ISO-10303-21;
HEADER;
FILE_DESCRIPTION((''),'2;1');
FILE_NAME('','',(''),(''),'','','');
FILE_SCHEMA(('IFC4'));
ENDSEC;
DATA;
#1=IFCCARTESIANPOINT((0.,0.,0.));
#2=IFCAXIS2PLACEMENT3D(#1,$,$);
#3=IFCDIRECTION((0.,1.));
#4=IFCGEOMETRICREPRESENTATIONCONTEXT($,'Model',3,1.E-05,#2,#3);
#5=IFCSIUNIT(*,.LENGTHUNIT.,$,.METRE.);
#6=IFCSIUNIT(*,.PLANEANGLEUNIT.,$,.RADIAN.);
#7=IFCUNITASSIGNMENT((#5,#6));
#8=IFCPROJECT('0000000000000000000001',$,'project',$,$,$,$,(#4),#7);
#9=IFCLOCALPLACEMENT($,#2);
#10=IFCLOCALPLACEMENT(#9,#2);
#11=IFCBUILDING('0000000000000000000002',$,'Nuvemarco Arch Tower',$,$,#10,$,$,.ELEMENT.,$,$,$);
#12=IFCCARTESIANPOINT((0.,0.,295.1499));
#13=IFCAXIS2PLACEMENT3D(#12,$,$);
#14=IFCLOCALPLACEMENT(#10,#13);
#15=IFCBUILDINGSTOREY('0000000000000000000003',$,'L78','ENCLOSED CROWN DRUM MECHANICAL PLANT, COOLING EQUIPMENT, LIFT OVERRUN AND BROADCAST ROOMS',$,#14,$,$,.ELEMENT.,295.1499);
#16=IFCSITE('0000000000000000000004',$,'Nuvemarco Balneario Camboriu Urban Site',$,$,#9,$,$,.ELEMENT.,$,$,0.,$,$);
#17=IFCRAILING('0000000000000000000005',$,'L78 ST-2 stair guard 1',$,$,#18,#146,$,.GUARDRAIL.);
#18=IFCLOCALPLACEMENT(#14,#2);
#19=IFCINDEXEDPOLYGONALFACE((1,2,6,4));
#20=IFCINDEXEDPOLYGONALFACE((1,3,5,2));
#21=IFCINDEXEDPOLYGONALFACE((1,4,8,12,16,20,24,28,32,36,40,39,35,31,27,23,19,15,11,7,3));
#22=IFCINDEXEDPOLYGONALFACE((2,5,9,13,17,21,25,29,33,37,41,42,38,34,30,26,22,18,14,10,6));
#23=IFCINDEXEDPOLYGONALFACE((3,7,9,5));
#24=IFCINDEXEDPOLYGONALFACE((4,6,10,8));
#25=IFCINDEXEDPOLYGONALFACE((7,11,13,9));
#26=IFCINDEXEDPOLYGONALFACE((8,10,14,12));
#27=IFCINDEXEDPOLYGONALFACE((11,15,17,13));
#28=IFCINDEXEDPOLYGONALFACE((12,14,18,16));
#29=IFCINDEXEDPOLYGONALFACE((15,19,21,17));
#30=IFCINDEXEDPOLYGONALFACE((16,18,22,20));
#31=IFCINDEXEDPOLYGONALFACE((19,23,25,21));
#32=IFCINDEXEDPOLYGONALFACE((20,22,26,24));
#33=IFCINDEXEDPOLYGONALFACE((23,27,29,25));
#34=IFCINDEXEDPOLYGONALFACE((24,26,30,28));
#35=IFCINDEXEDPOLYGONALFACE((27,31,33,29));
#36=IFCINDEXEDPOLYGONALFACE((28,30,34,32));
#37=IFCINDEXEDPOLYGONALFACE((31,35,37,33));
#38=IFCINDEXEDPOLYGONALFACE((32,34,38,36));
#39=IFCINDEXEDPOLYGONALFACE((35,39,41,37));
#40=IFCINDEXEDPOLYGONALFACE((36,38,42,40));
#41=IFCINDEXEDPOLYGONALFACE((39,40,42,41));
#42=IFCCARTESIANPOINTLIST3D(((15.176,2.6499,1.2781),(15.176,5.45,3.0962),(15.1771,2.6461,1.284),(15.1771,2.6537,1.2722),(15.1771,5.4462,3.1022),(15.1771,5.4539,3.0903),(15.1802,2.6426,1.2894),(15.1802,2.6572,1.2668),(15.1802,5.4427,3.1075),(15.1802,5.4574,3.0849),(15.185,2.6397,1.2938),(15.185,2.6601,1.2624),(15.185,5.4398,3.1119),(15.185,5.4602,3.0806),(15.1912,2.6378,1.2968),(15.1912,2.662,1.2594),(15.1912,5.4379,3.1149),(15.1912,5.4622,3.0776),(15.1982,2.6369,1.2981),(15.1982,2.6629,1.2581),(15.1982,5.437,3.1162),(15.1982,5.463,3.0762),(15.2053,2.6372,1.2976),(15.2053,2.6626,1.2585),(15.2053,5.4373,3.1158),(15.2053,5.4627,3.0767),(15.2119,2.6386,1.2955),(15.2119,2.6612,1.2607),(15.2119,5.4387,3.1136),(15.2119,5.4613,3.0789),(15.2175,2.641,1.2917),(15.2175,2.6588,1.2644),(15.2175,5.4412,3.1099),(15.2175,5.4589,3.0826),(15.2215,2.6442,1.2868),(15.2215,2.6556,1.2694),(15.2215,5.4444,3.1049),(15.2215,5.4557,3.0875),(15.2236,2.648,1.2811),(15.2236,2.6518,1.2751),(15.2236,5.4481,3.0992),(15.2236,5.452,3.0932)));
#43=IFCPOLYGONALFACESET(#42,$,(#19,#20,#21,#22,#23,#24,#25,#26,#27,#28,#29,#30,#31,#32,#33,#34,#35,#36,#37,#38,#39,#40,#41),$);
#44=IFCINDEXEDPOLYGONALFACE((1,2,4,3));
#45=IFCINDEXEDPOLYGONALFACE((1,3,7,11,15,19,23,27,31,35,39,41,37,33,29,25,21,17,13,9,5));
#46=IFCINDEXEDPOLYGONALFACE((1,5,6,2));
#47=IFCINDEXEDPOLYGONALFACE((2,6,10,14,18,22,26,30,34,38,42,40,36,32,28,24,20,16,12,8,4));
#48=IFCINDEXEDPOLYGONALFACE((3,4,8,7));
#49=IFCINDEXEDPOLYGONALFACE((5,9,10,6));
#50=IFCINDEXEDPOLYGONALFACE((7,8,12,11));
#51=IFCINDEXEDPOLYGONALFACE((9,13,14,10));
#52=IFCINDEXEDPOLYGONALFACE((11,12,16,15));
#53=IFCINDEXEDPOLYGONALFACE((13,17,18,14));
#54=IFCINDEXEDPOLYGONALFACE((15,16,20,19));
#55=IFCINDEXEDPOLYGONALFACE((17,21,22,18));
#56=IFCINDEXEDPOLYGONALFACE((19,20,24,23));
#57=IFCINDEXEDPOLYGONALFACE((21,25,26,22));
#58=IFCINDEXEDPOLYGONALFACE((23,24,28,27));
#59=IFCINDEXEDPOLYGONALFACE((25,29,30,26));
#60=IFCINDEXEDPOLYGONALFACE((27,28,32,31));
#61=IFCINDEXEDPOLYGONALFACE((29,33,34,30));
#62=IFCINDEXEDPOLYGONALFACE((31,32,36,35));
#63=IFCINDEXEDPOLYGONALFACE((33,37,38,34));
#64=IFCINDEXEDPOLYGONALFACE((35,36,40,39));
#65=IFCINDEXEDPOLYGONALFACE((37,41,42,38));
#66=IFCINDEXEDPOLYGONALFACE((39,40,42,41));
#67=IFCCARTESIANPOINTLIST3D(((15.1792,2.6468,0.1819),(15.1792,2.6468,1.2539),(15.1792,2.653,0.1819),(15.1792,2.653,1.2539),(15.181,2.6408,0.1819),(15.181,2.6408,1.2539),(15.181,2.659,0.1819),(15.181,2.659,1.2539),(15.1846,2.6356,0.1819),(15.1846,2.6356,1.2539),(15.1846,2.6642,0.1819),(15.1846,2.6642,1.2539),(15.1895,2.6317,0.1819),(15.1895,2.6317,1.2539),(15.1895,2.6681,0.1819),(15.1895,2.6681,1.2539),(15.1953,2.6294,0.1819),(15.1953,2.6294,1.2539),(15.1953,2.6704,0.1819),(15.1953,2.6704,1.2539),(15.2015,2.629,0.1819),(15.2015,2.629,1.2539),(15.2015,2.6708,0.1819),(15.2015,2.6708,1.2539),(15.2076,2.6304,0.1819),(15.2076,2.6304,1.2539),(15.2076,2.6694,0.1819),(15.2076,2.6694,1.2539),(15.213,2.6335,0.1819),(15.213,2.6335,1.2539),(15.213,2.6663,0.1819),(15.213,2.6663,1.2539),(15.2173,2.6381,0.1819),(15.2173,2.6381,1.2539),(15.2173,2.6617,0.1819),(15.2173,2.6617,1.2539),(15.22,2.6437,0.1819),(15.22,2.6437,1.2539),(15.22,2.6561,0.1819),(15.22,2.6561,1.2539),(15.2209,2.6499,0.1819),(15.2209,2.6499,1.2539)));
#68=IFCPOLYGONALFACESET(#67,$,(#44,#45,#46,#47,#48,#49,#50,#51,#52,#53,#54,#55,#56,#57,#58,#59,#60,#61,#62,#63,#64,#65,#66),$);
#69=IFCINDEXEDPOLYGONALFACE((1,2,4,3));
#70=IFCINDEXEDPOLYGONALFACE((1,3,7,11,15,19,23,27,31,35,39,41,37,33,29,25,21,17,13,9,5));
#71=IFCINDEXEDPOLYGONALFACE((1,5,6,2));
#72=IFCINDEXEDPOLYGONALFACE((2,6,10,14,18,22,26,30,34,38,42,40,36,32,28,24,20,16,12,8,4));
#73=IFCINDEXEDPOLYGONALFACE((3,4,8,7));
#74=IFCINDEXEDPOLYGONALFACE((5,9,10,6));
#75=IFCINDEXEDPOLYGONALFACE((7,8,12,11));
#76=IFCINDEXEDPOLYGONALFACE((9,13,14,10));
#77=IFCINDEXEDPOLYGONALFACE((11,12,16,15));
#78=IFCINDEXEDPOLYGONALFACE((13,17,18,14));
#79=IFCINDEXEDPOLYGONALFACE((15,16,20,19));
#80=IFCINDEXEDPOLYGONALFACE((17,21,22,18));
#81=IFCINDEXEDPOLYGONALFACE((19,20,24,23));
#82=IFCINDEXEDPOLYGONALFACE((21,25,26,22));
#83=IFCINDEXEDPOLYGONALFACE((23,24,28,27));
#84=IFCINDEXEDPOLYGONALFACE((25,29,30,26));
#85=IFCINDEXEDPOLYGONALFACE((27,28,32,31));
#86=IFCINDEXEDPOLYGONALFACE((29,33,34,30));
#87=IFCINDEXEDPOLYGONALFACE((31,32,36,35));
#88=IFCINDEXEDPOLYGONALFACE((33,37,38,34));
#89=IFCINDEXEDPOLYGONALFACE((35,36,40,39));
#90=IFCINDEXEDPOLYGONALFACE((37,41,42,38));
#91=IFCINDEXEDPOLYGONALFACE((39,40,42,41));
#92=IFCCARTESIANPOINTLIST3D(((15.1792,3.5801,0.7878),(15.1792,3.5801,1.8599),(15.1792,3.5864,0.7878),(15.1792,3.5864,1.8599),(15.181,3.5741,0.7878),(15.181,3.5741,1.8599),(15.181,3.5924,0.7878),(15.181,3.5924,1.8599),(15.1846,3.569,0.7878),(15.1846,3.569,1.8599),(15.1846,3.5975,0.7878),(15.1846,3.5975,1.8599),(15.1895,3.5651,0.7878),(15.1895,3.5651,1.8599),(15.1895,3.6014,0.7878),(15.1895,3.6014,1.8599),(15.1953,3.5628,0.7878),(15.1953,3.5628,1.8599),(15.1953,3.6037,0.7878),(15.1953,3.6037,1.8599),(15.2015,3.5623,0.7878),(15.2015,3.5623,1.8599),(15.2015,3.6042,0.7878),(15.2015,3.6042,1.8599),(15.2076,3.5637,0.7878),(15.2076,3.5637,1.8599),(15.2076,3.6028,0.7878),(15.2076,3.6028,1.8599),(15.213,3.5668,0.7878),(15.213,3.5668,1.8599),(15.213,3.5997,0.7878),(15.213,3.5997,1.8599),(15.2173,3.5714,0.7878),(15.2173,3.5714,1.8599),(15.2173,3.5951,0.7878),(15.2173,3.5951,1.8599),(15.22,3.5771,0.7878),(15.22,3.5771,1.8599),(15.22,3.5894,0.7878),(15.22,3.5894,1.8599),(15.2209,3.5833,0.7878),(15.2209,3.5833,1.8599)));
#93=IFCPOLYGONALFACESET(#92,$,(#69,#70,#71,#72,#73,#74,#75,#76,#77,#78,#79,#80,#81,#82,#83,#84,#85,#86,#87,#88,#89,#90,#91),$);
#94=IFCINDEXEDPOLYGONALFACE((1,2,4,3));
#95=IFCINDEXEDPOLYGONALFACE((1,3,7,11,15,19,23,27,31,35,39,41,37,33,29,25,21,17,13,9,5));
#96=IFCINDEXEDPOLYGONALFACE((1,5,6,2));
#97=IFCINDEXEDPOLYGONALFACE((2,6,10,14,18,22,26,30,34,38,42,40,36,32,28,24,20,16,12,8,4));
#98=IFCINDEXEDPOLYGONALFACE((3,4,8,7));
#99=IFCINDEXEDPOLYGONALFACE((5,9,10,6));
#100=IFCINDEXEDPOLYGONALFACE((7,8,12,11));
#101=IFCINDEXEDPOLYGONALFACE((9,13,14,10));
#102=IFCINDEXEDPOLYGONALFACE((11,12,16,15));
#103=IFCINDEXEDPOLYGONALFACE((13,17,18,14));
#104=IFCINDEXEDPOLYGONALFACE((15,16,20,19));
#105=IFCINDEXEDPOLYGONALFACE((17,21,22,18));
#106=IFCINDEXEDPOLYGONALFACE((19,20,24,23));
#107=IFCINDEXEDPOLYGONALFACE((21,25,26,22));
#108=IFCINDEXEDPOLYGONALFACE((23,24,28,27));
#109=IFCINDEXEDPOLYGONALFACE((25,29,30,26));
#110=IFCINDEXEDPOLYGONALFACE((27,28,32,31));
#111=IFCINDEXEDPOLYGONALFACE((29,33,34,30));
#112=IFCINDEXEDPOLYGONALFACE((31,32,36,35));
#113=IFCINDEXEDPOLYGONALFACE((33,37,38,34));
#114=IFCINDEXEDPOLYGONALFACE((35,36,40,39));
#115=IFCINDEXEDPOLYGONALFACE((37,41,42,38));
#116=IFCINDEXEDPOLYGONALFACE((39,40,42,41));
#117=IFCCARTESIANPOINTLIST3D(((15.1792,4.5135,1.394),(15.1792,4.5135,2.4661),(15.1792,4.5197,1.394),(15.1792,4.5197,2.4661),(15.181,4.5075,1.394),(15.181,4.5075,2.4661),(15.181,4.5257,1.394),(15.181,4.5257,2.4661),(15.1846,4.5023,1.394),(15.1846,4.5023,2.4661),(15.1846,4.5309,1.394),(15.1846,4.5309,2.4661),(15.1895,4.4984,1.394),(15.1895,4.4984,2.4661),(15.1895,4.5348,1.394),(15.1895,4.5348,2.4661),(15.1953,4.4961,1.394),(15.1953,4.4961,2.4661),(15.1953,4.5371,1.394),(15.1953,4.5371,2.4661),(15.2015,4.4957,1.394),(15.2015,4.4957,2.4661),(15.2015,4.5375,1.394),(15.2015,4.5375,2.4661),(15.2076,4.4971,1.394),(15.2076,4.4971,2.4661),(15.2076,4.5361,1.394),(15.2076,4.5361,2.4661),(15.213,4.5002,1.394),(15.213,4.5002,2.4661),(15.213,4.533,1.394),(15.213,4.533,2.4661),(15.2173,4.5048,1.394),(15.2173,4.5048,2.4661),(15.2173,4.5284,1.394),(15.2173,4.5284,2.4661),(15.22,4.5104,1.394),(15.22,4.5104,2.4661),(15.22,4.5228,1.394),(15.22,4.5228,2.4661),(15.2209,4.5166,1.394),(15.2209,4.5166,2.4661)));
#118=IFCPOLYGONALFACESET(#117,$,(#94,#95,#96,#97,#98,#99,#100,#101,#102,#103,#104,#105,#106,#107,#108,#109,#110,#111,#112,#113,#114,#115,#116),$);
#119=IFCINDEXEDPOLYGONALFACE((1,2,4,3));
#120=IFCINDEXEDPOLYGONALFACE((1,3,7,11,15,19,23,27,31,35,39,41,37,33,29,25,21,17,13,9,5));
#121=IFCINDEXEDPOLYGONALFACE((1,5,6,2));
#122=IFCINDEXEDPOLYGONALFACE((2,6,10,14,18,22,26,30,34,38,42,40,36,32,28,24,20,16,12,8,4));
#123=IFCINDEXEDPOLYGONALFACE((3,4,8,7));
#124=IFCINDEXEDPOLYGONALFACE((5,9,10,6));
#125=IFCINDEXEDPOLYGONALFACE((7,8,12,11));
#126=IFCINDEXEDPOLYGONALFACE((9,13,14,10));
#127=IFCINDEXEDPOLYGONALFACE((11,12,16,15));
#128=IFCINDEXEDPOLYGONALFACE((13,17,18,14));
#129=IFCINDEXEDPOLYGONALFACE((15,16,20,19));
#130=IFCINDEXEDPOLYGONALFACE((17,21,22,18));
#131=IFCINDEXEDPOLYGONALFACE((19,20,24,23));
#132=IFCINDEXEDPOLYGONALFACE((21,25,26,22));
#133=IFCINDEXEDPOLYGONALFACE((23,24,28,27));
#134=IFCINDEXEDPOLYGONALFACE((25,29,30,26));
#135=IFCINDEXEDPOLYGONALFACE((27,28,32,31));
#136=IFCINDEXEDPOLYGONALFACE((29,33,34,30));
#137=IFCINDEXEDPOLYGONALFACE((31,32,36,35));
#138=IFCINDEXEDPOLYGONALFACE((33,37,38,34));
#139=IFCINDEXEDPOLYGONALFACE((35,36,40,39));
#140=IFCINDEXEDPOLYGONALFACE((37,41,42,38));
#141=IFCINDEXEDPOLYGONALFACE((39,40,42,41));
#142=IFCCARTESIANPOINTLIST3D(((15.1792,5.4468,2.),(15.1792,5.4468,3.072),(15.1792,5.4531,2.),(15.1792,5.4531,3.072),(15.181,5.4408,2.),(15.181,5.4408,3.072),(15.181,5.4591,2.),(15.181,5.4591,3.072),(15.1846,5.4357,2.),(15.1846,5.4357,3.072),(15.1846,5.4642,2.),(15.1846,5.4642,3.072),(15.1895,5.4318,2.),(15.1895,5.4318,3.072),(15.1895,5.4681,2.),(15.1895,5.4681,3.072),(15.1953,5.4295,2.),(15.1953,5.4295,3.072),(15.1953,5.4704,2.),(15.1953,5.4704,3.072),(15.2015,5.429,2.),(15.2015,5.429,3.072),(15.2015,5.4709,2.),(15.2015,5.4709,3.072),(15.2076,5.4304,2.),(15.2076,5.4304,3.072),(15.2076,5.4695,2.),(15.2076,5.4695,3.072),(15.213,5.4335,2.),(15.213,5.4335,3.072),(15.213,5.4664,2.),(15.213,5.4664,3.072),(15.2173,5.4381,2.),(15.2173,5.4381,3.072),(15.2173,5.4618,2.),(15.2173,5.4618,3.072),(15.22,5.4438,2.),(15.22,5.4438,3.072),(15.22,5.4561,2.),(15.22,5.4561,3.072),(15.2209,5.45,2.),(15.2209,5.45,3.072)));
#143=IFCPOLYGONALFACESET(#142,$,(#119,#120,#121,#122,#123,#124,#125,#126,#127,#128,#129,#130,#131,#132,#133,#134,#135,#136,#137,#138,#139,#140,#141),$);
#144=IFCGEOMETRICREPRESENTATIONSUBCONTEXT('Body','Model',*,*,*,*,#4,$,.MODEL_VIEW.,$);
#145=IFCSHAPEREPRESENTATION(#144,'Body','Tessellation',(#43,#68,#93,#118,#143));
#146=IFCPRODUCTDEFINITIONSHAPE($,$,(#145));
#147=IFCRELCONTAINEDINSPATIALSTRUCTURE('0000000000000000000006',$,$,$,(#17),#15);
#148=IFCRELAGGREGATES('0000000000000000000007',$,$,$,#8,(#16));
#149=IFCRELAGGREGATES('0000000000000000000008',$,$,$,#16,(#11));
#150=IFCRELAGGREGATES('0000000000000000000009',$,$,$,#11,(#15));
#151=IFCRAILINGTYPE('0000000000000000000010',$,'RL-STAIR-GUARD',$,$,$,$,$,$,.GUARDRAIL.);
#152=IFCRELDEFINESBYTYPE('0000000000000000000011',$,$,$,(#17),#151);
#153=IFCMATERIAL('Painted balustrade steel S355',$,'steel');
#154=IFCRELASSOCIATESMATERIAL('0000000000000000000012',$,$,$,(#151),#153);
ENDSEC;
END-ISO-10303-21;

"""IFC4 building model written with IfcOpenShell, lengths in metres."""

from ifc_helpers import new_model, si_unit, direction, frame, origin, origin_2d, place, context, subcontext, project, spatial, circle, extrude, material, type_object, element, save


model = new_model("IFC4")

# Units and contexts
model_context = context("Model", 3, precision=1e-05, world=origin(), true_north=direction((0.0, 1.0)))
body_context = subcontext(model_context, "Body", "Model", "MODEL_VIEW")
ifc_project = project(units=[si_unit("LENGTHUNIT", "METRE"), si_unit("PLANEANGLEUNIT", "RADIAN")], contexts=[model_context])

# Site, building, storey
site_placement = place(None, origin())
site = spatial("IfcSite", under=ifc_project, at=site_placement, Name="Nuvemarco Balneario Camboriu Urban Site", CompositionType="ELEMENT", RefElevation=0.0)
building_placement = place(site_placement, origin())
building = spatial("IfcBuilding", under=site, at=building_placement, Name="Nuvemarco Arch Tower", CompositionType="ELEMENT")
storey_placement = place(building_placement, frame((0.0, 0.0, 295.1499)))
storey = spatial("IfcBuildingStorey", under=building, at=storey_placement, Name="L78", Description="ENCLOSED CROWN DRUM MECHANICAL PLANT, COOLING EQUIPMENT, LIFT OVERRUN AND BROADCAST ROOMS", CompositionType="ELEMENT", Elevation=295.1499)

# Railing
ifc_material_1 = material(Name="Painted balustrade steel S355", Category="steel")
railing_type_1 = type_object("IfcRailingType", Name="RL-STAIR-GUARD", PredefinedType="GUARDRAIL", material=ifc_material_1)
railing_1_placement = place(storey_placement, frame((15.2, 2.6499, 0.1819)))
element("IfcRailing", 1, at=railing_1_placement, inside=storey, type_object=railing_type_1, Name="L78 ST-2 stair guard 1", PredefinedType="GUARDRAIL", context=body_context, shape_type="SweptSolid", body=[
    extrude(circle(Radius=0.0239, at=origin_2d()), frame((0.0, 0.0, 1.0962), z_axis=(0.0, 0.838706, 0.544585), x_axis=(-1.0, 0.0, 0.0)), (0.0, 0.0, 1.0), 3.3386),
    extrude(circle(Radius=0.021, at=origin_2d()), origin(), (0.0, 0.0, 1.0), 1.072),
    extrude(circle(Radius=0.021, at=origin_2d()), frame((0.0, 0.9333, 0.606)), (0.0, 0.0, 1.0), 1.072),
    extrude(circle(Radius=0.021, at=origin_2d()), frame((0.0, 1.8667, 1.2122)), (0.0, 0.0, 1.0), 1.072),
    extrude(circle(Radius=0.021, at=origin_2d()), frame((0.0, 2.8, 1.8181)), (0.0, 0.0, 1.0), 1.072),
])

save(model, "model.ifc")
